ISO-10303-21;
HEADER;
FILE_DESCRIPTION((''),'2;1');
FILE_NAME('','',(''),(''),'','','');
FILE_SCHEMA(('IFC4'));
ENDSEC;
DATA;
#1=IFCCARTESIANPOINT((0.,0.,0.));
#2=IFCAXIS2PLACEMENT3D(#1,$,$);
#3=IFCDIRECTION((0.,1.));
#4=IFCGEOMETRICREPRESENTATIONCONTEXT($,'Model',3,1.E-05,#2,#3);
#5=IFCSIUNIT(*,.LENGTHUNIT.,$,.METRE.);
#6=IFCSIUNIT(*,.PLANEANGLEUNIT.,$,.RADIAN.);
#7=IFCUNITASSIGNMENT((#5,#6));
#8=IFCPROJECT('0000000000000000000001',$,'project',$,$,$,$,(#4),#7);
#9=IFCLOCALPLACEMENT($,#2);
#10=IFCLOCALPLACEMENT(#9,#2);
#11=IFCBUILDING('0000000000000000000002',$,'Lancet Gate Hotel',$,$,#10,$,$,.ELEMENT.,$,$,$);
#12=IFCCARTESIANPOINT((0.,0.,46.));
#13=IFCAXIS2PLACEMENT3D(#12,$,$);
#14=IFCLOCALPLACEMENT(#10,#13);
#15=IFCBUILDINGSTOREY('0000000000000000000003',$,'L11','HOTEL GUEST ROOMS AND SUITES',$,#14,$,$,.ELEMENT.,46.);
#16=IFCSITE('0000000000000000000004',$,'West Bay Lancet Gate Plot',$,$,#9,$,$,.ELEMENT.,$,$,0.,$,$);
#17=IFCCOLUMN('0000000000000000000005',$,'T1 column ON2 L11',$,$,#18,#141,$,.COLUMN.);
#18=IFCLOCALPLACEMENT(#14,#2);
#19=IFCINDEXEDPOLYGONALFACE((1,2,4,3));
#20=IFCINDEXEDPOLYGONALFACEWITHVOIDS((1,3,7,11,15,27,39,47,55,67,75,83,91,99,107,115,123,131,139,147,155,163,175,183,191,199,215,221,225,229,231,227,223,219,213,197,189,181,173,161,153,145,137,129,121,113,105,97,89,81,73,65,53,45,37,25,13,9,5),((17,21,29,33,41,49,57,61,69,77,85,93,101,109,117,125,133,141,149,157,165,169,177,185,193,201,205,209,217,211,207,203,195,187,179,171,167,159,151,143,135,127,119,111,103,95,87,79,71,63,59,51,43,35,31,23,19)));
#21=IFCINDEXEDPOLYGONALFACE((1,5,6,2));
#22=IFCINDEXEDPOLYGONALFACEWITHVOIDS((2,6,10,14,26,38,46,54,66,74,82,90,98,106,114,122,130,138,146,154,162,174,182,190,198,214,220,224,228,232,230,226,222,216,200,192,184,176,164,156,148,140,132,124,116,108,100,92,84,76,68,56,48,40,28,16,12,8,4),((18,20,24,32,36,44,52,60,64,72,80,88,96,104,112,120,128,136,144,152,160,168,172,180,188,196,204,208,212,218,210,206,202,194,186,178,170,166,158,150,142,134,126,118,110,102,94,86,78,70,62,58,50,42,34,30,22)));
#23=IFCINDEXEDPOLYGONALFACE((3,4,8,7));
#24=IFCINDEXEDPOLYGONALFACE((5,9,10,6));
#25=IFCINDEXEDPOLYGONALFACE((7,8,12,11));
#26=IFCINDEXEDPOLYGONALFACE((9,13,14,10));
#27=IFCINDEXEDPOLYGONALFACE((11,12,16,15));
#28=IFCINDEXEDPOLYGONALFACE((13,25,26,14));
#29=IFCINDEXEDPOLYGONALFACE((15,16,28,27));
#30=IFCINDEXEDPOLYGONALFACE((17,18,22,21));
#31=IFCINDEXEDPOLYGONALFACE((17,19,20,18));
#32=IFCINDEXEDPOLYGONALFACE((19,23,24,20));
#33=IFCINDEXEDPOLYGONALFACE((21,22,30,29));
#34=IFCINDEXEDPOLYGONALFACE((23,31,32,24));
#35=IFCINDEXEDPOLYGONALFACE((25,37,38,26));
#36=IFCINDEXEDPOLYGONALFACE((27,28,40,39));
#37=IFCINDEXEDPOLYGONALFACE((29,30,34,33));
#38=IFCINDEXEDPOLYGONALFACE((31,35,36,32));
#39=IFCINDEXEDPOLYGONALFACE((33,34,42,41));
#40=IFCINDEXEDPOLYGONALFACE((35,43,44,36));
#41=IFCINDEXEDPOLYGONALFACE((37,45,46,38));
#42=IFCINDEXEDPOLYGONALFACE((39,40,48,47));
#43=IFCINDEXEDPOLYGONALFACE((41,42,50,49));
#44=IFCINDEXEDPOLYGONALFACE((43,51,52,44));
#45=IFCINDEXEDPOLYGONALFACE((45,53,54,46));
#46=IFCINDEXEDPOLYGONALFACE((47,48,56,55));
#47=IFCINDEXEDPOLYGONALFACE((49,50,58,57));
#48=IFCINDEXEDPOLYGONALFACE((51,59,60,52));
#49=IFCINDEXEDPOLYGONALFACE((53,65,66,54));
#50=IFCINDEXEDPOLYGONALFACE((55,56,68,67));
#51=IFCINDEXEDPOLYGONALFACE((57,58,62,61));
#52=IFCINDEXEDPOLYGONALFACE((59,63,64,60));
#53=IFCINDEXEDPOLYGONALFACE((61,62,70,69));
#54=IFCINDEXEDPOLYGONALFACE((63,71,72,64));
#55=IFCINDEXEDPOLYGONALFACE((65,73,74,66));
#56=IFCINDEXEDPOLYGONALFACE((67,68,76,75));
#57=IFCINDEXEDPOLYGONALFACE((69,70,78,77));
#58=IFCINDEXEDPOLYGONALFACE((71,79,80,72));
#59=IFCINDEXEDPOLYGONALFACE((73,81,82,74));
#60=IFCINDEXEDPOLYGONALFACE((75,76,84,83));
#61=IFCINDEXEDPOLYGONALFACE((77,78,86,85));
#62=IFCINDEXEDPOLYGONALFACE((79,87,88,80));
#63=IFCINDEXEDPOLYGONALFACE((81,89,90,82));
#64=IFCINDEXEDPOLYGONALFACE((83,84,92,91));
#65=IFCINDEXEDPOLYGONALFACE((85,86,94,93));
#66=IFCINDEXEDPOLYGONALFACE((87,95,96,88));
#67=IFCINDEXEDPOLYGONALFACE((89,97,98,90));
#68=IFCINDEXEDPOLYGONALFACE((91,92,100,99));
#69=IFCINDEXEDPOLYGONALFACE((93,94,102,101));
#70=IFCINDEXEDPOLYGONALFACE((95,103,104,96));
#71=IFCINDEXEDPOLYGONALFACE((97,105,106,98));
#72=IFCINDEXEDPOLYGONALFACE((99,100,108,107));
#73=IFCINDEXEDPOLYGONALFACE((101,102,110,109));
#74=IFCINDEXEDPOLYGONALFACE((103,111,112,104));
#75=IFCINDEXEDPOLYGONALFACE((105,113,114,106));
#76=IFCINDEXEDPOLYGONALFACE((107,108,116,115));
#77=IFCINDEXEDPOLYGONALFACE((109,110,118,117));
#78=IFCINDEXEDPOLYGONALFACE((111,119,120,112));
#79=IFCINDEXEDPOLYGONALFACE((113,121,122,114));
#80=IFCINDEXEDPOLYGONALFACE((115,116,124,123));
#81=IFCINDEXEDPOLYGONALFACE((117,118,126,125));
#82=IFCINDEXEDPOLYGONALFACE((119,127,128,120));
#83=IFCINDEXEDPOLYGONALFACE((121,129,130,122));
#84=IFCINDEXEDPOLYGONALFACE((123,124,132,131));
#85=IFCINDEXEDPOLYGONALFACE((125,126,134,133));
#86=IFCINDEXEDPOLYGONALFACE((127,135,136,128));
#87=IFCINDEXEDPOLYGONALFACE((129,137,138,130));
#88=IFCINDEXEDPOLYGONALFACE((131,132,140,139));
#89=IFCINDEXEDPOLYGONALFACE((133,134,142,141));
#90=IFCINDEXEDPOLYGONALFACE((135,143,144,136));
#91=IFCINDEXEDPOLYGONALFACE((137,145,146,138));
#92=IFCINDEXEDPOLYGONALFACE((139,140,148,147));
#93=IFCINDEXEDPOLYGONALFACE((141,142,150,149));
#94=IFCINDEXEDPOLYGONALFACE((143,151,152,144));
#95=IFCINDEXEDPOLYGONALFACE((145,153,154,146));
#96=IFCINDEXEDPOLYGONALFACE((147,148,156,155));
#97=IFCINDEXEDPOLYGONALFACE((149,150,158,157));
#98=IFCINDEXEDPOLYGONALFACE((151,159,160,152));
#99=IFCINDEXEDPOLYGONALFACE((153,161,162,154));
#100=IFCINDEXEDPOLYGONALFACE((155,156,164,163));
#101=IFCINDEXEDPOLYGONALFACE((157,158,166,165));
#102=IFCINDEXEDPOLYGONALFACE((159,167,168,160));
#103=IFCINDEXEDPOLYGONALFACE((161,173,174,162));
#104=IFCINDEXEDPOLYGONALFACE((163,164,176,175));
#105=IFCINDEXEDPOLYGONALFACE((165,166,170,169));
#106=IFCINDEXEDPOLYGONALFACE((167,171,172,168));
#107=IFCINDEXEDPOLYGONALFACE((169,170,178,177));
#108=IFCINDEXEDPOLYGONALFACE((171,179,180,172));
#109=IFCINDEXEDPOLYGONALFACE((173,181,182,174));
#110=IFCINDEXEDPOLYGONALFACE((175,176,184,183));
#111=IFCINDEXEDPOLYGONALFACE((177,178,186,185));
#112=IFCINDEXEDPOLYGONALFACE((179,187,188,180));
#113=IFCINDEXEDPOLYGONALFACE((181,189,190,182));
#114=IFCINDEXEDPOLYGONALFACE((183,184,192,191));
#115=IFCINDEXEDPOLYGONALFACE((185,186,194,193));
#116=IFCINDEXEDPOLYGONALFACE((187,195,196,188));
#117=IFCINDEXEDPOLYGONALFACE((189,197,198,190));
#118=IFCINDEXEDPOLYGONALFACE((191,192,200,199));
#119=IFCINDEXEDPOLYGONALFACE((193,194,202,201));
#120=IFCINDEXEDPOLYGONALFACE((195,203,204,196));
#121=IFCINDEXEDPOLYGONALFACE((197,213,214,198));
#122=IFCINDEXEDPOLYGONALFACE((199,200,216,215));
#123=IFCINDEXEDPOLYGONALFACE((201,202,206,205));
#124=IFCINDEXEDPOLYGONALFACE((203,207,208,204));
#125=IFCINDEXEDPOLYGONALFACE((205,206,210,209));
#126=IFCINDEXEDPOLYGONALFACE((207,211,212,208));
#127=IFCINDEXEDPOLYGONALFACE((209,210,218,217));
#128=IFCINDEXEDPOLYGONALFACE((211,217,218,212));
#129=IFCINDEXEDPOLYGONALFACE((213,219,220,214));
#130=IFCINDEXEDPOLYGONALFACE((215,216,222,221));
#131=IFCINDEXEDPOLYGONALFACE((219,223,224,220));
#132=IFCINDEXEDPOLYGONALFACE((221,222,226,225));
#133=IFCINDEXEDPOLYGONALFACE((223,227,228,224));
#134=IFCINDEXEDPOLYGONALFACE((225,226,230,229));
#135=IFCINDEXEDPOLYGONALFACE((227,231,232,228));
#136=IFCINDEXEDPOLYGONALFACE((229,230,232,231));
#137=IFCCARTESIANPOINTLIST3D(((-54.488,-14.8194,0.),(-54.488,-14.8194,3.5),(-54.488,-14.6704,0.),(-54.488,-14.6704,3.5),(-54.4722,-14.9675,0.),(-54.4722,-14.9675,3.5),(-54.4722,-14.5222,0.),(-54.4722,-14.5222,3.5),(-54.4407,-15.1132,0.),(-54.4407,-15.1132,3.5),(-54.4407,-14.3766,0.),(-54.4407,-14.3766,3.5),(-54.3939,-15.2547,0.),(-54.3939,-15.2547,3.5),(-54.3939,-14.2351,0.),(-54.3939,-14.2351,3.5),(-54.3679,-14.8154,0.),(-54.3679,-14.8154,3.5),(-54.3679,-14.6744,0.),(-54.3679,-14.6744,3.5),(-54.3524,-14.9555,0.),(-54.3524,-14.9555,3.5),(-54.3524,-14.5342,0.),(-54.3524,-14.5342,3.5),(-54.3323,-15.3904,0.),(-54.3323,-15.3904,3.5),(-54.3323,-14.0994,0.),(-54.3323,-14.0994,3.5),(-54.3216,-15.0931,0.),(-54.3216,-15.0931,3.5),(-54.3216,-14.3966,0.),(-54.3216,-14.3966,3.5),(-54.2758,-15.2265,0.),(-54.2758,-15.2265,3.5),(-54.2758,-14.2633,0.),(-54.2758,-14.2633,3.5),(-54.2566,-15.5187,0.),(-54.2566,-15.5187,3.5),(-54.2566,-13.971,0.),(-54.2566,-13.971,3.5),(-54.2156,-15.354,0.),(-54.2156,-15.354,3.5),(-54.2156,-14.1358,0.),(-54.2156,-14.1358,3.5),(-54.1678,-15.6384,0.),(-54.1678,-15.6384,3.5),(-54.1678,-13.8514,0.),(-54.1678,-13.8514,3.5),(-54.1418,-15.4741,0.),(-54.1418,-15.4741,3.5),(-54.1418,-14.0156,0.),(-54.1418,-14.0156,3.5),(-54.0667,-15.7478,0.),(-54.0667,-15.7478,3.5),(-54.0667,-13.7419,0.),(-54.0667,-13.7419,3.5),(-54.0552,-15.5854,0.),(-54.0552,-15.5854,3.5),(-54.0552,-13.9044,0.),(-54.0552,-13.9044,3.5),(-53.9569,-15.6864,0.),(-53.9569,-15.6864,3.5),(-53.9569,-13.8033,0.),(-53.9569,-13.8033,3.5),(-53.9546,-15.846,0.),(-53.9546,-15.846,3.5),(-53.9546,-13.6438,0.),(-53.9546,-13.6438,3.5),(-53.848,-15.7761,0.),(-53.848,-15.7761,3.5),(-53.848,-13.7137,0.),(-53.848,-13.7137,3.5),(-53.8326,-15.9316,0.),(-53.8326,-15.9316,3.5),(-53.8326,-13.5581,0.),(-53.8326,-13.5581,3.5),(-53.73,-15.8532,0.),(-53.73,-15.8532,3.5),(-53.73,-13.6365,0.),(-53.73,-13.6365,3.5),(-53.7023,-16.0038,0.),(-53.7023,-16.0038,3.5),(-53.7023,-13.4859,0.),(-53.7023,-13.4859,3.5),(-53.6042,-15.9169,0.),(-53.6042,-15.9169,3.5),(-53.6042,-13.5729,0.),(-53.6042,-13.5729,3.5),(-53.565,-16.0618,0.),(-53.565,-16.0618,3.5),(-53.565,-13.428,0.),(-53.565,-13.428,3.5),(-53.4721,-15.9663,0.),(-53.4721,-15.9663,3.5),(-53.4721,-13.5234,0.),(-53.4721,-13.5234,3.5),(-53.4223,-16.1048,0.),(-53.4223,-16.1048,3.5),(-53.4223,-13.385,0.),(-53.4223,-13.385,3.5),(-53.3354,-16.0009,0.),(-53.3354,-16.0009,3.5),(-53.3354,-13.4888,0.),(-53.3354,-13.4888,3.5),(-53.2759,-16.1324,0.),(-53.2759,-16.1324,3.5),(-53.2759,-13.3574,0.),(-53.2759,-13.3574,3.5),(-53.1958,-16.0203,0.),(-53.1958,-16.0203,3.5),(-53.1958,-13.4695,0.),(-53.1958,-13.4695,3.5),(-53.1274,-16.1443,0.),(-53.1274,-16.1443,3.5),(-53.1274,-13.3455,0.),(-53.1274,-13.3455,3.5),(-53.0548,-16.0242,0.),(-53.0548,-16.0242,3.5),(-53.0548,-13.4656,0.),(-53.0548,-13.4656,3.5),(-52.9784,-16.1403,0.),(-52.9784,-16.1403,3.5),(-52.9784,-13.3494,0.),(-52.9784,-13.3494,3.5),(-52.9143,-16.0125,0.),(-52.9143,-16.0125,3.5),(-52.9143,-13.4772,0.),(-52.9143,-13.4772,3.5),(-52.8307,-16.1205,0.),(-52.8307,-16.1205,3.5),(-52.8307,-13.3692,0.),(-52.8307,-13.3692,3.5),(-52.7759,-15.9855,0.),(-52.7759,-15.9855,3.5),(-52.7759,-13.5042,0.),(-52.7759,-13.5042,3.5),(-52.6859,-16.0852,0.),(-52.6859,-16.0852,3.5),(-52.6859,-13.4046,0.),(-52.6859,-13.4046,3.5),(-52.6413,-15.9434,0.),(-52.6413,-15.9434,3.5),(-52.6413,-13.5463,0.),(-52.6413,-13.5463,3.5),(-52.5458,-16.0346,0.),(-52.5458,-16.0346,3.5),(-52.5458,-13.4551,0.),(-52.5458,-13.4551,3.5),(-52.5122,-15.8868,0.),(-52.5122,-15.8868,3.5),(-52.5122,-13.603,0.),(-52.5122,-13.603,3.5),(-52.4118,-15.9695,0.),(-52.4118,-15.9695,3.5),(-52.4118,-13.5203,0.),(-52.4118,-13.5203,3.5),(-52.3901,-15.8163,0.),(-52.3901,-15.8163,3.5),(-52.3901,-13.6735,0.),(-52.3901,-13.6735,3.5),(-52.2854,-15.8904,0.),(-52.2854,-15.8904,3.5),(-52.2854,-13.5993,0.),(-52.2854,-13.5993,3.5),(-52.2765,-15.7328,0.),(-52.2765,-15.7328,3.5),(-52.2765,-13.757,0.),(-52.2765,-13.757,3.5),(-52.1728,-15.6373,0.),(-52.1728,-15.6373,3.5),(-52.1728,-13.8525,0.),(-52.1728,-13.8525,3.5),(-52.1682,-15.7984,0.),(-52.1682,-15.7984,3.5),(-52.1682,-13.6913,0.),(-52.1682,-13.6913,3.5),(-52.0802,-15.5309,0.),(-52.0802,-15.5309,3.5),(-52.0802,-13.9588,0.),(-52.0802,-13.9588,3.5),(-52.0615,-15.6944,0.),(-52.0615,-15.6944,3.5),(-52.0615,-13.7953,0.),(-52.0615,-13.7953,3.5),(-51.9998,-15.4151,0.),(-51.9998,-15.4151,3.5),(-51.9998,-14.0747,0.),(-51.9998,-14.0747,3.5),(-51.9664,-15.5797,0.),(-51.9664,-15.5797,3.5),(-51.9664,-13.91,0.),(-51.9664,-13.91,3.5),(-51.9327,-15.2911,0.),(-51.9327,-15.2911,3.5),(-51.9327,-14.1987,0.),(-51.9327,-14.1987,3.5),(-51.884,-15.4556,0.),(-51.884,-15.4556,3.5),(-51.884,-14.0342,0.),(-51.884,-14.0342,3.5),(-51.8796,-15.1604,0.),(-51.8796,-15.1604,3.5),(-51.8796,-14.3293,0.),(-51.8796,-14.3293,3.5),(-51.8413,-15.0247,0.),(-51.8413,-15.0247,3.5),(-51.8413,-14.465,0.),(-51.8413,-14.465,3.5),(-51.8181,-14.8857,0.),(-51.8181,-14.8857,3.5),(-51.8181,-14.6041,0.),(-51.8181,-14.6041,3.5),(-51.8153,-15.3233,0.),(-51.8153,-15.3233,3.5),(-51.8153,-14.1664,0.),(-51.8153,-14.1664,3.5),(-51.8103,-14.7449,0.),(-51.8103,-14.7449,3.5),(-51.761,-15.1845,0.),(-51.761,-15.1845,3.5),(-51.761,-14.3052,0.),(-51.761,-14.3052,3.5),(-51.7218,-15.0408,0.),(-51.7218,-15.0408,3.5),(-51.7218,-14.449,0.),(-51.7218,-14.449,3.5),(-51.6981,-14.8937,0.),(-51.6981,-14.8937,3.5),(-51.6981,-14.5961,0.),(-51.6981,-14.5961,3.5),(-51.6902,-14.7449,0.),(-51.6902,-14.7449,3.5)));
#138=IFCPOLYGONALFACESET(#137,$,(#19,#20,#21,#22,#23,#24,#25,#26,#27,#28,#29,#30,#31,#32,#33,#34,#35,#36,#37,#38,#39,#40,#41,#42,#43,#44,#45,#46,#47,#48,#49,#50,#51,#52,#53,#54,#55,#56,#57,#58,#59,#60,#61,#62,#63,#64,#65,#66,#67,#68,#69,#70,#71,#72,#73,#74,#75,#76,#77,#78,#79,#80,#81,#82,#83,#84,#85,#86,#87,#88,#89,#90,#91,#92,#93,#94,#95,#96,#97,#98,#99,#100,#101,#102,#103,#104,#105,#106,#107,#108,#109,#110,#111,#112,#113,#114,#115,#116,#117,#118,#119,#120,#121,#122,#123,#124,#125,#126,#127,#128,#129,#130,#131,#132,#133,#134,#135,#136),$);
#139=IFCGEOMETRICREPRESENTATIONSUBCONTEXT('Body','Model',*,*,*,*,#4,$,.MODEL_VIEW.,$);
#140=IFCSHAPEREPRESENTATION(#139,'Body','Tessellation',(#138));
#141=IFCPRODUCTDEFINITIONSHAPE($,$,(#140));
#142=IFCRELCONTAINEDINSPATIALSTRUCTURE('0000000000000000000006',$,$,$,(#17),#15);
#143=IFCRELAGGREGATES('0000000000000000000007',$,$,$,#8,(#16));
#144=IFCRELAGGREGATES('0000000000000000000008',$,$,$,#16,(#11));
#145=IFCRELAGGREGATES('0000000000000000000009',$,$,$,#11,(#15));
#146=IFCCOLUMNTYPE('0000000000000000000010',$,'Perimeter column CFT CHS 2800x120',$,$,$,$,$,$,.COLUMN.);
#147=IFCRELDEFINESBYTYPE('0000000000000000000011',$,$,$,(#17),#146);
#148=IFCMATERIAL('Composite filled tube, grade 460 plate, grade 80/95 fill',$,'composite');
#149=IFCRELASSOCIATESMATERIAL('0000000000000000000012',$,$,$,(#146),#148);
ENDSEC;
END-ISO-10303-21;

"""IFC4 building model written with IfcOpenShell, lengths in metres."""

from ifc_helpers import new_model, si_unit, direction, frame, origin, origin_2d, place, context, subcontext, project, spatial, hollow_circle, extrude, material, material_profile, profile_set, type_object, element, save


model = new_model("IFC4")

# Units and contexts
model_context = context("Model", 3, precision=1e-05, world=origin(), true_north=direction((0.0, 1.0)))
body_context = subcontext(model_context, "Body", "Model", "MODEL_VIEW")
ifc_project = project(units=[si_unit("LENGTHUNIT", "METRE"), si_unit("PLANEANGLEUNIT", "RADIAN")], contexts=[model_context])

# Site, building, storey
site_placement = place(None, origin())
site = spatial("IfcSite", under=ifc_project, at=site_placement, Name="West Bay Lancet Gate Plot", CompositionType="ELEMENT", RefElevation=0.0)
building_placement = place(site_placement, origin())
building = spatial("IfcBuilding", under=site, at=building_placement, Name="Lancet Gate Hotel", CompositionType="ELEMENT")
storey_placement = place(building_placement, frame((0.0, 0.0, 46.0)))
storey = spatial("IfcBuildingStorey", under=building, at=storey_placement, Name="L11", Description="HOTEL GUEST ROOMS AND SUITES", CompositionType="ELEMENT", Elevation=46.0)

# Column
ifc_material_1 = material(Name="Composite filled tube, grade 460 plate, grade 80/95 fill", Category="composite")
ifc_material_profile_1 = material_profile(ifc_material_1, hollow_circle(Radius=1.3999, WallThickness=0.1201, at=origin_2d()), Name="CHS 2800x120")
ifc_profile_set_1 = profile_set([ifc_material_profile_1], Name="Composite filled tube, grade 460 plate, grade 80/95 fill")
column_type = type_object("IfcColumnType", Name="Perimeter column CFT CHS 2800x120", PredefinedType="COLUMN", material=ifc_profile_set_1)
for number, where, z_axis, x_axis, name in (
    (1, (-53.0901, -14.7449, 0.0), (0.0, 0.0, 1.0), (1.0, 0.0, 0.0), "T1 column ON2 L11"),
):
    element("IfcColumn", number, at=place(storey_placement, frame(where, z_axis=z_axis, x_axis=x_axis)), inside=storey, type_object=column_type, Name=name, PredefinedType="COLUMN", context=body_context, shape_type="SweptSolid", body=[
        extrude(hollow_circle(Radius=1.3999, WallThickness=0.1201, at=origin_2d()), origin(), (0.0, 0.0, 1.0), 3.5),
    ])

save(model, "model.ifc")
